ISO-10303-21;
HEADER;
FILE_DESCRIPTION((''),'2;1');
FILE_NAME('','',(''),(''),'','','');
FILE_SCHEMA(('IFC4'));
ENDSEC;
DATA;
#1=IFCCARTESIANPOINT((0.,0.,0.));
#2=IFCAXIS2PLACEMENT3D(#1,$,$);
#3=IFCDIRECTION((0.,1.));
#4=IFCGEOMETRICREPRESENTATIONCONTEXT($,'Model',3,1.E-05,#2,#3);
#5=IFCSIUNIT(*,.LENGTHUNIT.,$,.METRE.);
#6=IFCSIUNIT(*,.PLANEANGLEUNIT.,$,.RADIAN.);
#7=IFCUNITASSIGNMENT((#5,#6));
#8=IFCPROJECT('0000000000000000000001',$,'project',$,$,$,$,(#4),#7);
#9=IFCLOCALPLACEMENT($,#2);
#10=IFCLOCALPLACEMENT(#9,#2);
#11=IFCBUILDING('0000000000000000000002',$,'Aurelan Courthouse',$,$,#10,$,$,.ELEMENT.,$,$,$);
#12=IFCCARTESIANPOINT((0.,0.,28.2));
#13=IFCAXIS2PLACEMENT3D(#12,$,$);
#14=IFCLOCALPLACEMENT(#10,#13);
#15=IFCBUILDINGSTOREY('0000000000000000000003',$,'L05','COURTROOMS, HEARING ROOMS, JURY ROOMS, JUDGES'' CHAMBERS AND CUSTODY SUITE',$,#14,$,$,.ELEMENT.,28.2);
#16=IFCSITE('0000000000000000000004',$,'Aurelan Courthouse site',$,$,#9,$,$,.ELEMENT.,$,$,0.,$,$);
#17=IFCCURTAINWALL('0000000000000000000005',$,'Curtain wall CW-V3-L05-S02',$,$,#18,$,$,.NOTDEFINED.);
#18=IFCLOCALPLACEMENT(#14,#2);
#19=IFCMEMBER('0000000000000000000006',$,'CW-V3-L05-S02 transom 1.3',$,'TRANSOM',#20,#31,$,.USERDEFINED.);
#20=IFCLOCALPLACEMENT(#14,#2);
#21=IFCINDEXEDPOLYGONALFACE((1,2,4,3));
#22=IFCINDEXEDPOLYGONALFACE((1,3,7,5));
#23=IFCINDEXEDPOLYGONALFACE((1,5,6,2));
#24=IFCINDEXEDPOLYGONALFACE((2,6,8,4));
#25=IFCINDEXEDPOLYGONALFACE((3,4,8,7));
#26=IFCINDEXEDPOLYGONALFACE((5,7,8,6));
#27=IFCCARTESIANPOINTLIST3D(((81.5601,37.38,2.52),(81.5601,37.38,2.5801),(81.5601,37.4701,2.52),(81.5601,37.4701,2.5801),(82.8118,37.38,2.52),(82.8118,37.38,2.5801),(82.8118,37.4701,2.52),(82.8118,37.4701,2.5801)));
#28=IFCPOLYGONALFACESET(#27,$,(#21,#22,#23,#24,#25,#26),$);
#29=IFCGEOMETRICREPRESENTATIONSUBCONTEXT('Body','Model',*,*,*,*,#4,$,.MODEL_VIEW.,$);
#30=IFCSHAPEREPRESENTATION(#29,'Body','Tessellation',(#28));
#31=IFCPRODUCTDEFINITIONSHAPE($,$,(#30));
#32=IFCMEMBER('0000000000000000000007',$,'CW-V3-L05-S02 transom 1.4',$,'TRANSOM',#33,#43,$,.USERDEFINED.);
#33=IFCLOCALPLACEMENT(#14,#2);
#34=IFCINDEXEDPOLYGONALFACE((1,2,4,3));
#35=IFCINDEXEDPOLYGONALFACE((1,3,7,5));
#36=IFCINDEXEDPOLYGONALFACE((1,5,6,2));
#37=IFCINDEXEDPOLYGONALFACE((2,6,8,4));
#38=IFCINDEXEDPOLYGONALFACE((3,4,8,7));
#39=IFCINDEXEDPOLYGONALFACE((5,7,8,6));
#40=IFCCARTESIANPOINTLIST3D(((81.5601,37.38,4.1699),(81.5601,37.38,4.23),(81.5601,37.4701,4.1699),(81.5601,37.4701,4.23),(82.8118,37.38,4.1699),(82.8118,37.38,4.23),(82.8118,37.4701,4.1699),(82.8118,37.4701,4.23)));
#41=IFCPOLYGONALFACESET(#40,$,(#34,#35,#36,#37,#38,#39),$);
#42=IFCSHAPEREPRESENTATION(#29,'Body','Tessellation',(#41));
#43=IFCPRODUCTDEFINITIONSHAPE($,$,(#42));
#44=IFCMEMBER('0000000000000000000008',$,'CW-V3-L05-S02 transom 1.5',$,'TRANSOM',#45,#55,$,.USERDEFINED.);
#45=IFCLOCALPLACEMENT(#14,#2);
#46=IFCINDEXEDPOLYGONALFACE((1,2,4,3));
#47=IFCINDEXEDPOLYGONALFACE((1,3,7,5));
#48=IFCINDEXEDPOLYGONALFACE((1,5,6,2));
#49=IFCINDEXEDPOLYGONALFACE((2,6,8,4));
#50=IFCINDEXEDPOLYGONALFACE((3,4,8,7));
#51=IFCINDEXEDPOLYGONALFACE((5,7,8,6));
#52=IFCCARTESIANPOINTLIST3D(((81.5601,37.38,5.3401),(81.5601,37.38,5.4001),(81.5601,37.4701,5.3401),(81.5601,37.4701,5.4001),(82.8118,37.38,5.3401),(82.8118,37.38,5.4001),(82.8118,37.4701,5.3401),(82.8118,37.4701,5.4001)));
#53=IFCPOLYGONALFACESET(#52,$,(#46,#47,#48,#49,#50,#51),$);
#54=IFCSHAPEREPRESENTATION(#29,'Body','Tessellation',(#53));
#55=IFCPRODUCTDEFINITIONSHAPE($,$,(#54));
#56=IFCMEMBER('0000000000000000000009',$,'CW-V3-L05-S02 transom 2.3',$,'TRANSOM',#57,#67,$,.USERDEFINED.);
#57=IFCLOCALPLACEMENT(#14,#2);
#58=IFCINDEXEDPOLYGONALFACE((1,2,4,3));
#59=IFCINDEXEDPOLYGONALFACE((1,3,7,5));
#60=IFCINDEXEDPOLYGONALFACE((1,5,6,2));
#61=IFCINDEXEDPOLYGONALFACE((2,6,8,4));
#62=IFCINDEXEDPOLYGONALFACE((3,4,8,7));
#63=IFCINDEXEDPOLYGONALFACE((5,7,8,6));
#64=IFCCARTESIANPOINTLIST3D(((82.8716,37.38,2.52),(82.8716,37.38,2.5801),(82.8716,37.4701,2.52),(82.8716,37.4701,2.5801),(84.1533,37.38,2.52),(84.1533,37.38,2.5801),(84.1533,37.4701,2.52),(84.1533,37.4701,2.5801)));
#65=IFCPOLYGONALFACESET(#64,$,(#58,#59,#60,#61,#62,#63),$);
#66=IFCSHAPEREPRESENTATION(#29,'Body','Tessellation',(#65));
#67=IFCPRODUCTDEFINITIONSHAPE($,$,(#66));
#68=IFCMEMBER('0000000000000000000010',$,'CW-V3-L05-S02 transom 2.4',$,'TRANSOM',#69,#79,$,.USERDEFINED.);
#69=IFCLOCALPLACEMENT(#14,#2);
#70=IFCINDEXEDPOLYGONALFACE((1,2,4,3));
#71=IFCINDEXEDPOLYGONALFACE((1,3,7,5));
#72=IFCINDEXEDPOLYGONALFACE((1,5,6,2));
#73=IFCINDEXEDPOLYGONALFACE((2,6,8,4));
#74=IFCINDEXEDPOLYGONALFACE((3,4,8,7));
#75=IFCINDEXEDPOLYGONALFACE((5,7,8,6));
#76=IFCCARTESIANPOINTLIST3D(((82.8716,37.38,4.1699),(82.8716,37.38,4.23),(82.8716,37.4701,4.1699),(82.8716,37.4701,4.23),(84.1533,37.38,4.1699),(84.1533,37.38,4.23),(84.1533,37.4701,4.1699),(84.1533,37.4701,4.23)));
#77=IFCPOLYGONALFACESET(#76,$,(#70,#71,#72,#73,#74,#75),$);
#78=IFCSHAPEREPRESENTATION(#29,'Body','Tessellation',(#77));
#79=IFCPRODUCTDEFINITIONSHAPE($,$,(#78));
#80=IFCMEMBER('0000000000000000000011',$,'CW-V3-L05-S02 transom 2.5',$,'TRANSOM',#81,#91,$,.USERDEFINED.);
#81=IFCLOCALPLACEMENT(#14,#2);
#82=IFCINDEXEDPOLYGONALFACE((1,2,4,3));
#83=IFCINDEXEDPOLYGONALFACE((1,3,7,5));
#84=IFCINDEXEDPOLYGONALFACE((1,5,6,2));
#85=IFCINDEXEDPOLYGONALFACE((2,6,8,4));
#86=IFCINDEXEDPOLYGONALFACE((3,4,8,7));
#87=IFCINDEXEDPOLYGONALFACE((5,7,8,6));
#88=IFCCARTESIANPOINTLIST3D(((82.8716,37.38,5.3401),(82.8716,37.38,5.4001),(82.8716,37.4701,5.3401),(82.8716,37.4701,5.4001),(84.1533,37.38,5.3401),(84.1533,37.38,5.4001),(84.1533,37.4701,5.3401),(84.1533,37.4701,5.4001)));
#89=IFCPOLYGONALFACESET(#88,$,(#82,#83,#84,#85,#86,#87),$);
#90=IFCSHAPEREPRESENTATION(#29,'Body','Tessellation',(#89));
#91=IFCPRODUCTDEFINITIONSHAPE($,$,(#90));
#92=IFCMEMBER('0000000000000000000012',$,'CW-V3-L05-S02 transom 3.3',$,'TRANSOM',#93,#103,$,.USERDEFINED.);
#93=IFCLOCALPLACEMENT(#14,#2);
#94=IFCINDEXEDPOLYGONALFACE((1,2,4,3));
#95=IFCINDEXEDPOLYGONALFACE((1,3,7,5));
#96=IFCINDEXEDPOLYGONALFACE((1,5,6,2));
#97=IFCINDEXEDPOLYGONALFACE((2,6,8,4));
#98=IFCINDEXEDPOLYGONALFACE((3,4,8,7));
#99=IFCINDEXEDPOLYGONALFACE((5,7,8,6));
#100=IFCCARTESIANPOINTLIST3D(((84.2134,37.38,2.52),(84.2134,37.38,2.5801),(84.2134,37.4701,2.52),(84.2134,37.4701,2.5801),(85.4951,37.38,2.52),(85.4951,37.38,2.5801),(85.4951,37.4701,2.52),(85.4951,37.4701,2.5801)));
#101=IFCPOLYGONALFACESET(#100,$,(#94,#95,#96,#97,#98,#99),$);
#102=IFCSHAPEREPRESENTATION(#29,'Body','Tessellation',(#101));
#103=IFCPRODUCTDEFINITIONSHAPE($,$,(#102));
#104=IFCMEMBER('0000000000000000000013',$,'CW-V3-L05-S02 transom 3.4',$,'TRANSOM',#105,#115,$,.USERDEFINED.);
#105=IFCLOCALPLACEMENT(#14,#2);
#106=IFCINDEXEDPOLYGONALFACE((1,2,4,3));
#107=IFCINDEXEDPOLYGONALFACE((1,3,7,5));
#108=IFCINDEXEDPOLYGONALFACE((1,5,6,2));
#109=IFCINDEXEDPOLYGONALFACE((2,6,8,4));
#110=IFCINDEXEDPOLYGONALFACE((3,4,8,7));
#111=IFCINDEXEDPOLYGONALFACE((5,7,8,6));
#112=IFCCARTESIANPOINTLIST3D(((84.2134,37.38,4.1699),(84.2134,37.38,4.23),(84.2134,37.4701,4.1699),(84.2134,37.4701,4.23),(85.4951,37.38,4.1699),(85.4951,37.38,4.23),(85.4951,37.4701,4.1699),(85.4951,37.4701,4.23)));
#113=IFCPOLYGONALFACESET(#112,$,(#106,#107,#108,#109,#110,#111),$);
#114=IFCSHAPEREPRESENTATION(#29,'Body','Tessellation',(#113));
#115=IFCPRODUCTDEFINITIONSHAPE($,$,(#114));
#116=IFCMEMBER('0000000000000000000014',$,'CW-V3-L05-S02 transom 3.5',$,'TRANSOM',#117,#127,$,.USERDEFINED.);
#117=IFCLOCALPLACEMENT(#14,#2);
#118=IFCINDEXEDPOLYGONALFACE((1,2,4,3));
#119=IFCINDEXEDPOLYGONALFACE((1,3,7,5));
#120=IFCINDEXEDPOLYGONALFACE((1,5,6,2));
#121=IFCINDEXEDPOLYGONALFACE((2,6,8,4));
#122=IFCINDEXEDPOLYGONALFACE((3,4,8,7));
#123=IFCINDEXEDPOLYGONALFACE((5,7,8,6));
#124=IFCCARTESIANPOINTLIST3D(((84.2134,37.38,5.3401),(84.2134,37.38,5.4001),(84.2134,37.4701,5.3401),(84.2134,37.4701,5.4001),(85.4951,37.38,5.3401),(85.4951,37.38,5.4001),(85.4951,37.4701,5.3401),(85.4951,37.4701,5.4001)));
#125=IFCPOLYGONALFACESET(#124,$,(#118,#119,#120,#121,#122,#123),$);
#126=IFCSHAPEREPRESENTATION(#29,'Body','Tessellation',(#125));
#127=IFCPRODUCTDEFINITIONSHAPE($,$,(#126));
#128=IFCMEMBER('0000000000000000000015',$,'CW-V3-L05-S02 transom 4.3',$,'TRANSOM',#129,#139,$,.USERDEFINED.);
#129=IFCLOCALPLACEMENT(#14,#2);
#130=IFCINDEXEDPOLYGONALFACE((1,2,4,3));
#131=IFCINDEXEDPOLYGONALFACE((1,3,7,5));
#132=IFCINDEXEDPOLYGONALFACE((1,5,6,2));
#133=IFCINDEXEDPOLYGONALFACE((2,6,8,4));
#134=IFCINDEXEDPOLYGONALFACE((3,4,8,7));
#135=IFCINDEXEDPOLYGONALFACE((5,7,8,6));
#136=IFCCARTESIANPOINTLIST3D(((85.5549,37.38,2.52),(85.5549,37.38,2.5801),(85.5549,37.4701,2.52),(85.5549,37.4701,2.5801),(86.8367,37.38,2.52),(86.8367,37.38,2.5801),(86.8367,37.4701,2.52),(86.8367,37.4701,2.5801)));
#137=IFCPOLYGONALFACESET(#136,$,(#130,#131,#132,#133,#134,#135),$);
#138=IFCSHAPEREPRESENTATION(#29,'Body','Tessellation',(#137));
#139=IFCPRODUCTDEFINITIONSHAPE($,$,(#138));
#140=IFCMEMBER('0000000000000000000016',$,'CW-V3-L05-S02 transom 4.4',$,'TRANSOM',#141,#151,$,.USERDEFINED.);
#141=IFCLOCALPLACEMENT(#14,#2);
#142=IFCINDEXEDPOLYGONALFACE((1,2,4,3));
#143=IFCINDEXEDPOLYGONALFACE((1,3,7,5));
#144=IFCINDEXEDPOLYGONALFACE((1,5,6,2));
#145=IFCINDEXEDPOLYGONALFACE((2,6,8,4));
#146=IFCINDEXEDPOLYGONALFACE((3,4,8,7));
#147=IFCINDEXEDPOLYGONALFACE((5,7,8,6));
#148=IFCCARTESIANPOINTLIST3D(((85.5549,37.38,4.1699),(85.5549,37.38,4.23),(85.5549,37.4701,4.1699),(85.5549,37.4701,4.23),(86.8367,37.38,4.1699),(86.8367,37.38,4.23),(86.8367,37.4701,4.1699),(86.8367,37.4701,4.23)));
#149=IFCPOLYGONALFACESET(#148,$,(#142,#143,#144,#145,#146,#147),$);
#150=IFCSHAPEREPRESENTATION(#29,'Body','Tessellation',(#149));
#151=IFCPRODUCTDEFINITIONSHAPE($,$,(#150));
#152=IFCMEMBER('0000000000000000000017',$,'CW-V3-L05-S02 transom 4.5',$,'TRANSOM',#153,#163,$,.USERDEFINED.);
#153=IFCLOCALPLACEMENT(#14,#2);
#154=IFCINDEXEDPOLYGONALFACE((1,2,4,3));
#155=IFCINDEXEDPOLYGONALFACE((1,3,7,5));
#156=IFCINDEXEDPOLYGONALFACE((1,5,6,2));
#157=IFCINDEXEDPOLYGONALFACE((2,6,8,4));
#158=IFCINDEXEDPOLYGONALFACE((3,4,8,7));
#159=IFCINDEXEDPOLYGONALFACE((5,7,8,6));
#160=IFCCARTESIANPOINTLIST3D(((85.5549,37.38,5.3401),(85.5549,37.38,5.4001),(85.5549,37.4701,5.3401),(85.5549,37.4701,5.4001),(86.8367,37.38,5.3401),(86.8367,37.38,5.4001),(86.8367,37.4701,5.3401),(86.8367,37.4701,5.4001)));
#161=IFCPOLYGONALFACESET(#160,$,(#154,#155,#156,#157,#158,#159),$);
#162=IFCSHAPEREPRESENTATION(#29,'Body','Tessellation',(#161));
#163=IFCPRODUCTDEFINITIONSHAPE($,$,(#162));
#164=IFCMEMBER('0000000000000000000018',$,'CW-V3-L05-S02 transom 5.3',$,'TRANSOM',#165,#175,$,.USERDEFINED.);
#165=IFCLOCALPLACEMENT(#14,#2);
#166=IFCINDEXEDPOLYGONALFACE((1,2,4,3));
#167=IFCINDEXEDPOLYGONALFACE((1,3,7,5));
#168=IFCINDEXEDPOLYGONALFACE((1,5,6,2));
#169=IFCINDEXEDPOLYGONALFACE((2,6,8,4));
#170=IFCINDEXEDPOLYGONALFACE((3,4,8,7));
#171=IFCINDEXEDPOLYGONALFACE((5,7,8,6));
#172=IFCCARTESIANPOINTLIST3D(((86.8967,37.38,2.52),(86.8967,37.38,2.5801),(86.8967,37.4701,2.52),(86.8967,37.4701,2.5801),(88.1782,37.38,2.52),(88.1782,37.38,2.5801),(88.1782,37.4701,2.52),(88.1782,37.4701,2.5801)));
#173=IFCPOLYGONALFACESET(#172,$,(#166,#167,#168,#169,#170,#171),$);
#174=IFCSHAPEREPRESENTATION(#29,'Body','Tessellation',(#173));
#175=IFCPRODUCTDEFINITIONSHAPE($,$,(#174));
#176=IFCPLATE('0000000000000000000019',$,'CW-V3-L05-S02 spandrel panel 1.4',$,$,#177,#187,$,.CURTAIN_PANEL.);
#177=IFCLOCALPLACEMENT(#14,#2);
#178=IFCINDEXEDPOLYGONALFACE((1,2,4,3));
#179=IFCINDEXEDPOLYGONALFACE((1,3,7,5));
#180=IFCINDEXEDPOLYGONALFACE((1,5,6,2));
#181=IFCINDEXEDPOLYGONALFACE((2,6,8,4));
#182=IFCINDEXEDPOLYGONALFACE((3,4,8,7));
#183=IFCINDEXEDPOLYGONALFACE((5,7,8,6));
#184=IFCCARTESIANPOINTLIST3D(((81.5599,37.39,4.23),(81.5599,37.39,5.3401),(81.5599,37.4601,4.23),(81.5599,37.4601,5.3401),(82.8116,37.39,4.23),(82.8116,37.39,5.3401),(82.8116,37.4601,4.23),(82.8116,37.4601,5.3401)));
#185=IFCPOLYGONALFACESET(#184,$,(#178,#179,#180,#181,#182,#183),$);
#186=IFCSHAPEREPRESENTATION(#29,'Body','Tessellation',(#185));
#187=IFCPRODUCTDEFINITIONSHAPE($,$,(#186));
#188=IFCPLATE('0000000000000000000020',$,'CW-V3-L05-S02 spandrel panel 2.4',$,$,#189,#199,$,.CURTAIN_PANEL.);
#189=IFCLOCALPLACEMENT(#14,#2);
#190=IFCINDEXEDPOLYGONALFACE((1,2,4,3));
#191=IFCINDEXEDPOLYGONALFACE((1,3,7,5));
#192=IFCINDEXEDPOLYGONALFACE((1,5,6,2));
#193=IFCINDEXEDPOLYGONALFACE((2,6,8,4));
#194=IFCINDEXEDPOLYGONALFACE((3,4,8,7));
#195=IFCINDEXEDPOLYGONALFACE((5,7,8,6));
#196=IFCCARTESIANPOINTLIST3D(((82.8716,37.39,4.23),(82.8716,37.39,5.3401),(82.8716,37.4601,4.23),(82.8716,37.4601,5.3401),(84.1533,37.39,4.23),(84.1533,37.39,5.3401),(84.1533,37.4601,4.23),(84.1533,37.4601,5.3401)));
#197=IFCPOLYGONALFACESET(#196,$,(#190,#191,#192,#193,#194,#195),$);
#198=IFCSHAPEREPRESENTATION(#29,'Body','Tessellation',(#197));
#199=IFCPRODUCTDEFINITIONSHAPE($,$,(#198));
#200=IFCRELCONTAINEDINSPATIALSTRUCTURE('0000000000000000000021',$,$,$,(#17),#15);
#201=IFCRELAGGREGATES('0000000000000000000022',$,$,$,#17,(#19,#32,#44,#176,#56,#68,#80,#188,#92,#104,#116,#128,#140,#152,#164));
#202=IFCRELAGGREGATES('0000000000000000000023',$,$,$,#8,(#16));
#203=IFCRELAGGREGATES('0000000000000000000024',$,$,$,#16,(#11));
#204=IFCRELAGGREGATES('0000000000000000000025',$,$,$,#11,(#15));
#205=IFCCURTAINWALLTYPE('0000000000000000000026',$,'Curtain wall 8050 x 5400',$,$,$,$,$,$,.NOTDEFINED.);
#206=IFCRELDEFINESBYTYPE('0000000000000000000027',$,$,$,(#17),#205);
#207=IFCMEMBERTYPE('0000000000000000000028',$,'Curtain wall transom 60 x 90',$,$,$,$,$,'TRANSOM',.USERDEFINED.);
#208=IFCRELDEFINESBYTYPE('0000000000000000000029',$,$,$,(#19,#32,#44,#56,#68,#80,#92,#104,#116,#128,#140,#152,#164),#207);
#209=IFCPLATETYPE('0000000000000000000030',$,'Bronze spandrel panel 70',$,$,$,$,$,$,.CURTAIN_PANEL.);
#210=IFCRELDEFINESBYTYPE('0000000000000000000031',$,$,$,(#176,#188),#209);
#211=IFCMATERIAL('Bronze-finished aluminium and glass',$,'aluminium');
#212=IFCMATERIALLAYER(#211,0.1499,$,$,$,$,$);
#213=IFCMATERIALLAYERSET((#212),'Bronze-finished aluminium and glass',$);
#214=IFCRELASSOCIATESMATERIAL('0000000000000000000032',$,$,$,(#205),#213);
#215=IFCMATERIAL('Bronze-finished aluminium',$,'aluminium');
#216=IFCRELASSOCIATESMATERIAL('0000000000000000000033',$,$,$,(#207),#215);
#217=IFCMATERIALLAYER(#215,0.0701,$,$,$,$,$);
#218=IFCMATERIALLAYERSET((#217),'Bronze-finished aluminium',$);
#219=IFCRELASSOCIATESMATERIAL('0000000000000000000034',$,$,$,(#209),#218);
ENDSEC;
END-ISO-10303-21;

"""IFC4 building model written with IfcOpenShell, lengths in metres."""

from ifc_helpers import new_model, si_unit, direction, frame, origin, origin_2d, place, context, subcontext, project, spatial, rectangle, extrude, material, layer, layer_set, material_profile, profile_set, type_object, element, aggregate, save


model = new_model("IFC4")

# Units and contexts
model_context = context("Model", 3, precision=1e-05, world=origin(), true_north=direction((0.0, 1.0)))
body_context = subcontext(model_context, "Body", "Model", "MODEL_VIEW")
ifc_project = project(units=[si_unit("LENGTHUNIT", "METRE"), si_unit("PLANEANGLEUNIT", "RADIAN")], contexts=[model_context])

# Site, building, storey
site_placement = place(None, origin())
site = spatial("IfcSite", under=ifc_project, at=site_placement, Name="Aurelan Courthouse site", CompositionType="ELEMENT", RefElevation=0.0)
building_placement = place(site_placement, origin())
building = spatial("IfcBuilding", under=site, at=building_placement, Name="Aurelan Courthouse", CompositionType="ELEMENT")
storey_placement = place(building_placement, frame((0.0, 0.0, 28.2)))
storey = spatial("IfcBuildingStorey", under=building, at=storey_placement, Name="L05", Description="COURTROOMS, HEARING ROOMS, JURY ROOMS, JUDGES' CHAMBERS AND CUSTODY SUITE", CompositionType="ELEMENT", Elevation=28.2)

# Curtain wall, members, plates
ifc_material_1 = material(Name="Bronze-finished aluminium and glass", Category="aluminium")
ifc_layer_1 = layer(ifc_material_1, 0.1499)
ifc_layer_set_1 = layer_set([ifc_layer_1], Name="Bronze-finished aluminium and glass")
curtain_wall_type = type_object("IfcCurtainWallType", Name="Curtain wall 8050 x 5400", PredefinedType="NOTDEFINED", material=ifc_layer_set_1)
curtain_wall_placement = place(storey_placement, origin())
curtain_wall = element("IfcCurtainWall", 1, at=curtain_wall_placement, inside=storey, type_object=curtain_wall_type, Name="Curtain wall CW-V3-L05-S02", PredefinedType="NOTDEFINED")
ifc_material_2 = material(Name="Bronze-finished aluminium", Category="aluminium")
ifc_material_profile = material_profile(ifc_material_2, rectangle(XDim=0.0901, YDim=0.0601, at=origin_2d()), Name="Bronze transom 60 x 90")
ifc_profile_set = profile_set([ifc_material_profile], Name="Bronze-finished aluminium")
member_type = type_object("IfcMemberType", Name="Curtain wall transom 60 x 90", ElementType="TRANSOM", PredefinedType="USERDEFINED", material=ifc_profile_set)
member_1_placement = place(storey_placement, frame((81.5601, 37.425, 2.55), z_axis=(1.0, 0.0, 0.0), x_axis=(0.0, 1.0, 0.0)))
member_1 = element("IfcMember", 2, at=member_1_placement, type_object=member_type, Name="CW-V3-L05-S02 transom 1.3", ObjectType="TRANSOM", PredefinedType="USERDEFINED", context=body_context, shape_type="SweptSolid", body=[
    extrude(rectangle(XDim=0.0901, YDim=0.0601, at=origin_2d()), origin(), (0.0, 0.0, 1.0), 1.2517),
])
member_2_placement = place(storey_placement, frame((81.5601, 37.425, 4.2), z_axis=(1.0, 0.0, 0.0), x_axis=(0.0, 1.0, 0.0)))
member_2 = element("IfcMember", 3, at=member_2_placement, type_object=member_type, Name="CW-V3-L05-S02 transom 1.4", ObjectType="TRANSOM", PredefinedType="USERDEFINED", context=body_context, shape_type="SweptSolid", body=[
    extrude(rectangle(XDim=0.0901, YDim=0.0601, at=origin_2d()), origin(), (0.0, 0.0, 1.0), 1.2517),
])
member_3_placement = place(storey_placement, frame((81.5601, 37.425, 5.3701), z_axis=(1.0, 0.0, 0.0), x_axis=(0.0, 1.0, 0.0)))
member_3 = element("IfcMember", 4, at=member_3_placement, type_object=member_type, Name="CW-V3-L05-S02 transom 1.5", ObjectType="TRANSOM", PredefinedType="USERDEFINED", context=body_context, shape_type="SweptSolid", body=[
    extrude(rectangle(XDim=0.0901, YDim=0.0601, at=origin_2d()), origin(), (0.0, 0.0, 1.0), 1.2517),
])
member_4_placement = place(storey_placement, frame((82.8716, 37.425, 2.55), z_axis=(1.0, 0.0, 0.0), x_axis=(0.0, 1.0, 0.0)))
member_4 = element("IfcMember", 5, at=member_4_placement, type_object=member_type, Name="CW-V3-L05-S02 transom 2.3", ObjectType="TRANSOM", PredefinedType="USERDEFINED", context=body_context, shape_type="SweptSolid", body=[
    extrude(rectangle(XDim=0.0901, YDim=0.0601, at=origin_2d()), origin(), (0.0, 0.0, 1.0), 1.2817),
])
member_5_placement = place(storey_placement, frame((82.8716, 37.425, 4.2), z_axis=(1.0, 0.0, 0.0), x_axis=(0.0, 1.0, 0.0)))
member_5 = element("IfcMember", 6, at=member_5_placement, type_object=member_type, Name="CW-V3-L05-S02 transom 2.4", ObjectType="TRANSOM", PredefinedType="USERDEFINED", context=body_context, shape_type="SweptSolid", body=[
    extrude(rectangle(XDim=0.0901, YDim=0.0601, at=origin_2d()), origin(), (0.0, 0.0, 1.0), 1.2817),
])
member_6_placement = place(storey_placement, frame((82.8716, 37.425, 5.3701), z_axis=(1.0, 0.0, 0.0), x_axis=(0.0, 1.0, 0.0)))
member_6 = element("IfcMember", 7, at=member_6_placement, type_object=member_type, Name="CW-V3-L05-S02 transom 2.5", ObjectType="TRANSOM", PredefinedType="USERDEFINED", context=body_context, shape_type="SweptSolid", body=[
    extrude(rectangle(XDim=0.0901, YDim=0.0601, at=origin_2d()), origin(), (0.0, 0.0, 1.0), 1.2817),
])
member_7_placement = place(storey_placement, frame((84.2134, 37.425, 2.55), z_axis=(1.0, 0.0, 0.0), x_axis=(0.0, 1.0, 0.0)))
member_7 = element("IfcMember", 8, at=member_7_placement, type_object=member_type, Name="CW-V3-L05-S02 transom 3.3", ObjectType="TRANSOM", PredefinedType="USERDEFINED", context=body_context, shape_type="SweptSolid", body=[
    extrude(rectangle(XDim=0.0901, YDim=0.0601, at=origin_2d()), origin(), (0.0, 0.0, 1.0), 1.2817),
])
member_8_placement = place(storey_placement, frame((84.2134, 37.425, 4.2), z_axis=(1.0, 0.0, 0.0), x_axis=(0.0, 1.0, 0.0)))
member_8 = element("IfcMember", 9, at=member_8_placement, type_object=member_type, Name="CW-V3-L05-S02 transom 3.4", ObjectType="TRANSOM", PredefinedType="USERDEFINED", context=body_context, shape_type="SweptSolid", body=[
    extrude(rectangle(XDim=0.0901, YDim=0.0601, at=origin_2d()), origin(), (0.0, 0.0, 1.0), 1.2817),
])
member_9_placement = place(storey_placement, frame((84.2134, 37.425, 5.3701), z_axis=(1.0, 0.0, 0.0), x_axis=(0.0, 1.0, 0.0)))
member_9 = element("IfcMember", 10, at=member_9_placement, type_object=member_type, Name="CW-V3-L05-S02 transom 3.5", ObjectType="TRANSOM", PredefinedType="USERDEFINED", context=body_context, shape_type="SweptSolid", body=[
    extrude(rectangle(XDim=0.0901, YDim=0.0601, at=origin_2d()), origin(), (0.0, 0.0, 1.0), 1.2817),
])
member_10_placement = place(storey_placement, frame((85.5549, 37.425, 2.55), z_axis=(1.0, 0.0, 0.0), x_axis=(0.0, 1.0, 0.0)))
member_10 = element("IfcMember", 11, at=member_10_placement, type_object=member_type, Name="CW-V3-L05-S02 transom 4.3", ObjectType="TRANSOM", PredefinedType="USERDEFINED", context=body_context, shape_type="SweptSolid", body=[
    extrude(rectangle(XDim=0.0901, YDim=0.0601, at=origin_2d()), origin(), (0.0, 0.0, 1.0), 1.2817),
])
member_11_placement = place(storey_placement, frame((85.5549, 37.425, 4.2), z_axis=(1.0, 0.0, 0.0), x_axis=(0.0, 1.0, 0.0)))
member_11 = element("IfcMember", 12, at=member_11_placement, type_object=member_type, Name="CW-V3-L05-S02 transom 4.4", ObjectType="TRANSOM", PredefinedType="USERDEFINED", context=body_context, shape_type="SweptSolid", body=[
    extrude(rectangle(XDim=0.0901, YDim=0.0601, at=origin_2d()), origin(), (0.0, 0.0, 1.0), 1.2817),
])
member_12_placement = place(storey_placement, frame((85.5549, 37.425, 5.3701), z_axis=(1.0, 0.0, 0.0), x_axis=(0.0, 1.0, 0.0)))
member_12 = element("IfcMember", 13, at=member_12_placement, type_object=member_type, Name="CW-V3-L05-S02 transom 4.5", ObjectType="TRANSOM", PredefinedType="USERDEFINED", context=body_context, shape_type="SweptSolid", body=[
    extrude(rectangle(XDim=0.0901, YDim=0.0601, at=origin_2d()), origin(), (0.0, 0.0, 1.0), 1.2817),
])
member_13_placement = place(storey_placement, frame((86.8967, 37.425, 2.55), z_axis=(1.0, 0.0, 0.0), x_axis=(0.0, 1.0, 0.0)))
member_13 = element("IfcMember", 14, at=member_13_placement, type_object=member_type, Name="CW-V3-L05-S02 transom 5.3", ObjectType="TRANSOM", PredefinedType="USERDEFINED", context=body_context, shape_type="SweptSolid", body=[
    extrude(rectangle(XDim=0.0901, YDim=0.0601, at=origin_2d()), origin(), (0.0, 0.0, 1.0), 1.2815),
])
ifc_layer_2 = layer(ifc_material_2, 0.0701)
ifc_layer_set_2 = layer_set([ifc_layer_2], Name="Bronze-finished aluminium")
plate_type_1 = type_object("IfcPlateType", Name="Bronze spandrel panel 70", PredefinedType="CURTAIN_PANEL", material=ifc_layer_set_2)
plate_1_placement = place(storey_placement, frame((82.1858, 37.425, 4.23), z_axis=(0.0, 0.0, 1.0), x_axis=(1.0, 0.0, 0.0)))
plate_1 = element("IfcPlate", 15, at=plate_1_placement, type_object=plate_type_1, Name="CW-V3-L05-S02 spandrel panel 1.4", PredefinedType="CURTAIN_PANEL", context=body_context, shape_type="SweptSolid", body=[
    extrude(rectangle(XDim=1.2517, YDim=0.0701, at=origin_2d()), origin(), (0.0, 0.0, 1.0), 1.1101),
])
plate_2_placement = place(storey_placement, frame((83.5125, 37.425, 4.23), z_axis=(0.0, 0.0, 1.0), x_axis=(1.0, 0.0, 0.0)))
plate_2 = element("IfcPlate", 16, at=plate_2_placement, type_object=plate_type_1, Name="CW-V3-L05-S02 spandrel panel 2.4", PredefinedType="CURTAIN_PANEL", context=body_context, shape_type="SweptSolid", body=[
    extrude(rectangle(XDim=1.2817, YDim=0.0701, at=origin_2d()), origin(), (0.0, 0.0, 1.0), 1.1101),
])
aggregate(curtain_wall, [member_1, member_2, member_3, plate_1, member_4, member_5, member_6, plate_2, member_7, member_8, member_9, member_10, member_11, member_12, member_13])

save(model, "model.ifc")
